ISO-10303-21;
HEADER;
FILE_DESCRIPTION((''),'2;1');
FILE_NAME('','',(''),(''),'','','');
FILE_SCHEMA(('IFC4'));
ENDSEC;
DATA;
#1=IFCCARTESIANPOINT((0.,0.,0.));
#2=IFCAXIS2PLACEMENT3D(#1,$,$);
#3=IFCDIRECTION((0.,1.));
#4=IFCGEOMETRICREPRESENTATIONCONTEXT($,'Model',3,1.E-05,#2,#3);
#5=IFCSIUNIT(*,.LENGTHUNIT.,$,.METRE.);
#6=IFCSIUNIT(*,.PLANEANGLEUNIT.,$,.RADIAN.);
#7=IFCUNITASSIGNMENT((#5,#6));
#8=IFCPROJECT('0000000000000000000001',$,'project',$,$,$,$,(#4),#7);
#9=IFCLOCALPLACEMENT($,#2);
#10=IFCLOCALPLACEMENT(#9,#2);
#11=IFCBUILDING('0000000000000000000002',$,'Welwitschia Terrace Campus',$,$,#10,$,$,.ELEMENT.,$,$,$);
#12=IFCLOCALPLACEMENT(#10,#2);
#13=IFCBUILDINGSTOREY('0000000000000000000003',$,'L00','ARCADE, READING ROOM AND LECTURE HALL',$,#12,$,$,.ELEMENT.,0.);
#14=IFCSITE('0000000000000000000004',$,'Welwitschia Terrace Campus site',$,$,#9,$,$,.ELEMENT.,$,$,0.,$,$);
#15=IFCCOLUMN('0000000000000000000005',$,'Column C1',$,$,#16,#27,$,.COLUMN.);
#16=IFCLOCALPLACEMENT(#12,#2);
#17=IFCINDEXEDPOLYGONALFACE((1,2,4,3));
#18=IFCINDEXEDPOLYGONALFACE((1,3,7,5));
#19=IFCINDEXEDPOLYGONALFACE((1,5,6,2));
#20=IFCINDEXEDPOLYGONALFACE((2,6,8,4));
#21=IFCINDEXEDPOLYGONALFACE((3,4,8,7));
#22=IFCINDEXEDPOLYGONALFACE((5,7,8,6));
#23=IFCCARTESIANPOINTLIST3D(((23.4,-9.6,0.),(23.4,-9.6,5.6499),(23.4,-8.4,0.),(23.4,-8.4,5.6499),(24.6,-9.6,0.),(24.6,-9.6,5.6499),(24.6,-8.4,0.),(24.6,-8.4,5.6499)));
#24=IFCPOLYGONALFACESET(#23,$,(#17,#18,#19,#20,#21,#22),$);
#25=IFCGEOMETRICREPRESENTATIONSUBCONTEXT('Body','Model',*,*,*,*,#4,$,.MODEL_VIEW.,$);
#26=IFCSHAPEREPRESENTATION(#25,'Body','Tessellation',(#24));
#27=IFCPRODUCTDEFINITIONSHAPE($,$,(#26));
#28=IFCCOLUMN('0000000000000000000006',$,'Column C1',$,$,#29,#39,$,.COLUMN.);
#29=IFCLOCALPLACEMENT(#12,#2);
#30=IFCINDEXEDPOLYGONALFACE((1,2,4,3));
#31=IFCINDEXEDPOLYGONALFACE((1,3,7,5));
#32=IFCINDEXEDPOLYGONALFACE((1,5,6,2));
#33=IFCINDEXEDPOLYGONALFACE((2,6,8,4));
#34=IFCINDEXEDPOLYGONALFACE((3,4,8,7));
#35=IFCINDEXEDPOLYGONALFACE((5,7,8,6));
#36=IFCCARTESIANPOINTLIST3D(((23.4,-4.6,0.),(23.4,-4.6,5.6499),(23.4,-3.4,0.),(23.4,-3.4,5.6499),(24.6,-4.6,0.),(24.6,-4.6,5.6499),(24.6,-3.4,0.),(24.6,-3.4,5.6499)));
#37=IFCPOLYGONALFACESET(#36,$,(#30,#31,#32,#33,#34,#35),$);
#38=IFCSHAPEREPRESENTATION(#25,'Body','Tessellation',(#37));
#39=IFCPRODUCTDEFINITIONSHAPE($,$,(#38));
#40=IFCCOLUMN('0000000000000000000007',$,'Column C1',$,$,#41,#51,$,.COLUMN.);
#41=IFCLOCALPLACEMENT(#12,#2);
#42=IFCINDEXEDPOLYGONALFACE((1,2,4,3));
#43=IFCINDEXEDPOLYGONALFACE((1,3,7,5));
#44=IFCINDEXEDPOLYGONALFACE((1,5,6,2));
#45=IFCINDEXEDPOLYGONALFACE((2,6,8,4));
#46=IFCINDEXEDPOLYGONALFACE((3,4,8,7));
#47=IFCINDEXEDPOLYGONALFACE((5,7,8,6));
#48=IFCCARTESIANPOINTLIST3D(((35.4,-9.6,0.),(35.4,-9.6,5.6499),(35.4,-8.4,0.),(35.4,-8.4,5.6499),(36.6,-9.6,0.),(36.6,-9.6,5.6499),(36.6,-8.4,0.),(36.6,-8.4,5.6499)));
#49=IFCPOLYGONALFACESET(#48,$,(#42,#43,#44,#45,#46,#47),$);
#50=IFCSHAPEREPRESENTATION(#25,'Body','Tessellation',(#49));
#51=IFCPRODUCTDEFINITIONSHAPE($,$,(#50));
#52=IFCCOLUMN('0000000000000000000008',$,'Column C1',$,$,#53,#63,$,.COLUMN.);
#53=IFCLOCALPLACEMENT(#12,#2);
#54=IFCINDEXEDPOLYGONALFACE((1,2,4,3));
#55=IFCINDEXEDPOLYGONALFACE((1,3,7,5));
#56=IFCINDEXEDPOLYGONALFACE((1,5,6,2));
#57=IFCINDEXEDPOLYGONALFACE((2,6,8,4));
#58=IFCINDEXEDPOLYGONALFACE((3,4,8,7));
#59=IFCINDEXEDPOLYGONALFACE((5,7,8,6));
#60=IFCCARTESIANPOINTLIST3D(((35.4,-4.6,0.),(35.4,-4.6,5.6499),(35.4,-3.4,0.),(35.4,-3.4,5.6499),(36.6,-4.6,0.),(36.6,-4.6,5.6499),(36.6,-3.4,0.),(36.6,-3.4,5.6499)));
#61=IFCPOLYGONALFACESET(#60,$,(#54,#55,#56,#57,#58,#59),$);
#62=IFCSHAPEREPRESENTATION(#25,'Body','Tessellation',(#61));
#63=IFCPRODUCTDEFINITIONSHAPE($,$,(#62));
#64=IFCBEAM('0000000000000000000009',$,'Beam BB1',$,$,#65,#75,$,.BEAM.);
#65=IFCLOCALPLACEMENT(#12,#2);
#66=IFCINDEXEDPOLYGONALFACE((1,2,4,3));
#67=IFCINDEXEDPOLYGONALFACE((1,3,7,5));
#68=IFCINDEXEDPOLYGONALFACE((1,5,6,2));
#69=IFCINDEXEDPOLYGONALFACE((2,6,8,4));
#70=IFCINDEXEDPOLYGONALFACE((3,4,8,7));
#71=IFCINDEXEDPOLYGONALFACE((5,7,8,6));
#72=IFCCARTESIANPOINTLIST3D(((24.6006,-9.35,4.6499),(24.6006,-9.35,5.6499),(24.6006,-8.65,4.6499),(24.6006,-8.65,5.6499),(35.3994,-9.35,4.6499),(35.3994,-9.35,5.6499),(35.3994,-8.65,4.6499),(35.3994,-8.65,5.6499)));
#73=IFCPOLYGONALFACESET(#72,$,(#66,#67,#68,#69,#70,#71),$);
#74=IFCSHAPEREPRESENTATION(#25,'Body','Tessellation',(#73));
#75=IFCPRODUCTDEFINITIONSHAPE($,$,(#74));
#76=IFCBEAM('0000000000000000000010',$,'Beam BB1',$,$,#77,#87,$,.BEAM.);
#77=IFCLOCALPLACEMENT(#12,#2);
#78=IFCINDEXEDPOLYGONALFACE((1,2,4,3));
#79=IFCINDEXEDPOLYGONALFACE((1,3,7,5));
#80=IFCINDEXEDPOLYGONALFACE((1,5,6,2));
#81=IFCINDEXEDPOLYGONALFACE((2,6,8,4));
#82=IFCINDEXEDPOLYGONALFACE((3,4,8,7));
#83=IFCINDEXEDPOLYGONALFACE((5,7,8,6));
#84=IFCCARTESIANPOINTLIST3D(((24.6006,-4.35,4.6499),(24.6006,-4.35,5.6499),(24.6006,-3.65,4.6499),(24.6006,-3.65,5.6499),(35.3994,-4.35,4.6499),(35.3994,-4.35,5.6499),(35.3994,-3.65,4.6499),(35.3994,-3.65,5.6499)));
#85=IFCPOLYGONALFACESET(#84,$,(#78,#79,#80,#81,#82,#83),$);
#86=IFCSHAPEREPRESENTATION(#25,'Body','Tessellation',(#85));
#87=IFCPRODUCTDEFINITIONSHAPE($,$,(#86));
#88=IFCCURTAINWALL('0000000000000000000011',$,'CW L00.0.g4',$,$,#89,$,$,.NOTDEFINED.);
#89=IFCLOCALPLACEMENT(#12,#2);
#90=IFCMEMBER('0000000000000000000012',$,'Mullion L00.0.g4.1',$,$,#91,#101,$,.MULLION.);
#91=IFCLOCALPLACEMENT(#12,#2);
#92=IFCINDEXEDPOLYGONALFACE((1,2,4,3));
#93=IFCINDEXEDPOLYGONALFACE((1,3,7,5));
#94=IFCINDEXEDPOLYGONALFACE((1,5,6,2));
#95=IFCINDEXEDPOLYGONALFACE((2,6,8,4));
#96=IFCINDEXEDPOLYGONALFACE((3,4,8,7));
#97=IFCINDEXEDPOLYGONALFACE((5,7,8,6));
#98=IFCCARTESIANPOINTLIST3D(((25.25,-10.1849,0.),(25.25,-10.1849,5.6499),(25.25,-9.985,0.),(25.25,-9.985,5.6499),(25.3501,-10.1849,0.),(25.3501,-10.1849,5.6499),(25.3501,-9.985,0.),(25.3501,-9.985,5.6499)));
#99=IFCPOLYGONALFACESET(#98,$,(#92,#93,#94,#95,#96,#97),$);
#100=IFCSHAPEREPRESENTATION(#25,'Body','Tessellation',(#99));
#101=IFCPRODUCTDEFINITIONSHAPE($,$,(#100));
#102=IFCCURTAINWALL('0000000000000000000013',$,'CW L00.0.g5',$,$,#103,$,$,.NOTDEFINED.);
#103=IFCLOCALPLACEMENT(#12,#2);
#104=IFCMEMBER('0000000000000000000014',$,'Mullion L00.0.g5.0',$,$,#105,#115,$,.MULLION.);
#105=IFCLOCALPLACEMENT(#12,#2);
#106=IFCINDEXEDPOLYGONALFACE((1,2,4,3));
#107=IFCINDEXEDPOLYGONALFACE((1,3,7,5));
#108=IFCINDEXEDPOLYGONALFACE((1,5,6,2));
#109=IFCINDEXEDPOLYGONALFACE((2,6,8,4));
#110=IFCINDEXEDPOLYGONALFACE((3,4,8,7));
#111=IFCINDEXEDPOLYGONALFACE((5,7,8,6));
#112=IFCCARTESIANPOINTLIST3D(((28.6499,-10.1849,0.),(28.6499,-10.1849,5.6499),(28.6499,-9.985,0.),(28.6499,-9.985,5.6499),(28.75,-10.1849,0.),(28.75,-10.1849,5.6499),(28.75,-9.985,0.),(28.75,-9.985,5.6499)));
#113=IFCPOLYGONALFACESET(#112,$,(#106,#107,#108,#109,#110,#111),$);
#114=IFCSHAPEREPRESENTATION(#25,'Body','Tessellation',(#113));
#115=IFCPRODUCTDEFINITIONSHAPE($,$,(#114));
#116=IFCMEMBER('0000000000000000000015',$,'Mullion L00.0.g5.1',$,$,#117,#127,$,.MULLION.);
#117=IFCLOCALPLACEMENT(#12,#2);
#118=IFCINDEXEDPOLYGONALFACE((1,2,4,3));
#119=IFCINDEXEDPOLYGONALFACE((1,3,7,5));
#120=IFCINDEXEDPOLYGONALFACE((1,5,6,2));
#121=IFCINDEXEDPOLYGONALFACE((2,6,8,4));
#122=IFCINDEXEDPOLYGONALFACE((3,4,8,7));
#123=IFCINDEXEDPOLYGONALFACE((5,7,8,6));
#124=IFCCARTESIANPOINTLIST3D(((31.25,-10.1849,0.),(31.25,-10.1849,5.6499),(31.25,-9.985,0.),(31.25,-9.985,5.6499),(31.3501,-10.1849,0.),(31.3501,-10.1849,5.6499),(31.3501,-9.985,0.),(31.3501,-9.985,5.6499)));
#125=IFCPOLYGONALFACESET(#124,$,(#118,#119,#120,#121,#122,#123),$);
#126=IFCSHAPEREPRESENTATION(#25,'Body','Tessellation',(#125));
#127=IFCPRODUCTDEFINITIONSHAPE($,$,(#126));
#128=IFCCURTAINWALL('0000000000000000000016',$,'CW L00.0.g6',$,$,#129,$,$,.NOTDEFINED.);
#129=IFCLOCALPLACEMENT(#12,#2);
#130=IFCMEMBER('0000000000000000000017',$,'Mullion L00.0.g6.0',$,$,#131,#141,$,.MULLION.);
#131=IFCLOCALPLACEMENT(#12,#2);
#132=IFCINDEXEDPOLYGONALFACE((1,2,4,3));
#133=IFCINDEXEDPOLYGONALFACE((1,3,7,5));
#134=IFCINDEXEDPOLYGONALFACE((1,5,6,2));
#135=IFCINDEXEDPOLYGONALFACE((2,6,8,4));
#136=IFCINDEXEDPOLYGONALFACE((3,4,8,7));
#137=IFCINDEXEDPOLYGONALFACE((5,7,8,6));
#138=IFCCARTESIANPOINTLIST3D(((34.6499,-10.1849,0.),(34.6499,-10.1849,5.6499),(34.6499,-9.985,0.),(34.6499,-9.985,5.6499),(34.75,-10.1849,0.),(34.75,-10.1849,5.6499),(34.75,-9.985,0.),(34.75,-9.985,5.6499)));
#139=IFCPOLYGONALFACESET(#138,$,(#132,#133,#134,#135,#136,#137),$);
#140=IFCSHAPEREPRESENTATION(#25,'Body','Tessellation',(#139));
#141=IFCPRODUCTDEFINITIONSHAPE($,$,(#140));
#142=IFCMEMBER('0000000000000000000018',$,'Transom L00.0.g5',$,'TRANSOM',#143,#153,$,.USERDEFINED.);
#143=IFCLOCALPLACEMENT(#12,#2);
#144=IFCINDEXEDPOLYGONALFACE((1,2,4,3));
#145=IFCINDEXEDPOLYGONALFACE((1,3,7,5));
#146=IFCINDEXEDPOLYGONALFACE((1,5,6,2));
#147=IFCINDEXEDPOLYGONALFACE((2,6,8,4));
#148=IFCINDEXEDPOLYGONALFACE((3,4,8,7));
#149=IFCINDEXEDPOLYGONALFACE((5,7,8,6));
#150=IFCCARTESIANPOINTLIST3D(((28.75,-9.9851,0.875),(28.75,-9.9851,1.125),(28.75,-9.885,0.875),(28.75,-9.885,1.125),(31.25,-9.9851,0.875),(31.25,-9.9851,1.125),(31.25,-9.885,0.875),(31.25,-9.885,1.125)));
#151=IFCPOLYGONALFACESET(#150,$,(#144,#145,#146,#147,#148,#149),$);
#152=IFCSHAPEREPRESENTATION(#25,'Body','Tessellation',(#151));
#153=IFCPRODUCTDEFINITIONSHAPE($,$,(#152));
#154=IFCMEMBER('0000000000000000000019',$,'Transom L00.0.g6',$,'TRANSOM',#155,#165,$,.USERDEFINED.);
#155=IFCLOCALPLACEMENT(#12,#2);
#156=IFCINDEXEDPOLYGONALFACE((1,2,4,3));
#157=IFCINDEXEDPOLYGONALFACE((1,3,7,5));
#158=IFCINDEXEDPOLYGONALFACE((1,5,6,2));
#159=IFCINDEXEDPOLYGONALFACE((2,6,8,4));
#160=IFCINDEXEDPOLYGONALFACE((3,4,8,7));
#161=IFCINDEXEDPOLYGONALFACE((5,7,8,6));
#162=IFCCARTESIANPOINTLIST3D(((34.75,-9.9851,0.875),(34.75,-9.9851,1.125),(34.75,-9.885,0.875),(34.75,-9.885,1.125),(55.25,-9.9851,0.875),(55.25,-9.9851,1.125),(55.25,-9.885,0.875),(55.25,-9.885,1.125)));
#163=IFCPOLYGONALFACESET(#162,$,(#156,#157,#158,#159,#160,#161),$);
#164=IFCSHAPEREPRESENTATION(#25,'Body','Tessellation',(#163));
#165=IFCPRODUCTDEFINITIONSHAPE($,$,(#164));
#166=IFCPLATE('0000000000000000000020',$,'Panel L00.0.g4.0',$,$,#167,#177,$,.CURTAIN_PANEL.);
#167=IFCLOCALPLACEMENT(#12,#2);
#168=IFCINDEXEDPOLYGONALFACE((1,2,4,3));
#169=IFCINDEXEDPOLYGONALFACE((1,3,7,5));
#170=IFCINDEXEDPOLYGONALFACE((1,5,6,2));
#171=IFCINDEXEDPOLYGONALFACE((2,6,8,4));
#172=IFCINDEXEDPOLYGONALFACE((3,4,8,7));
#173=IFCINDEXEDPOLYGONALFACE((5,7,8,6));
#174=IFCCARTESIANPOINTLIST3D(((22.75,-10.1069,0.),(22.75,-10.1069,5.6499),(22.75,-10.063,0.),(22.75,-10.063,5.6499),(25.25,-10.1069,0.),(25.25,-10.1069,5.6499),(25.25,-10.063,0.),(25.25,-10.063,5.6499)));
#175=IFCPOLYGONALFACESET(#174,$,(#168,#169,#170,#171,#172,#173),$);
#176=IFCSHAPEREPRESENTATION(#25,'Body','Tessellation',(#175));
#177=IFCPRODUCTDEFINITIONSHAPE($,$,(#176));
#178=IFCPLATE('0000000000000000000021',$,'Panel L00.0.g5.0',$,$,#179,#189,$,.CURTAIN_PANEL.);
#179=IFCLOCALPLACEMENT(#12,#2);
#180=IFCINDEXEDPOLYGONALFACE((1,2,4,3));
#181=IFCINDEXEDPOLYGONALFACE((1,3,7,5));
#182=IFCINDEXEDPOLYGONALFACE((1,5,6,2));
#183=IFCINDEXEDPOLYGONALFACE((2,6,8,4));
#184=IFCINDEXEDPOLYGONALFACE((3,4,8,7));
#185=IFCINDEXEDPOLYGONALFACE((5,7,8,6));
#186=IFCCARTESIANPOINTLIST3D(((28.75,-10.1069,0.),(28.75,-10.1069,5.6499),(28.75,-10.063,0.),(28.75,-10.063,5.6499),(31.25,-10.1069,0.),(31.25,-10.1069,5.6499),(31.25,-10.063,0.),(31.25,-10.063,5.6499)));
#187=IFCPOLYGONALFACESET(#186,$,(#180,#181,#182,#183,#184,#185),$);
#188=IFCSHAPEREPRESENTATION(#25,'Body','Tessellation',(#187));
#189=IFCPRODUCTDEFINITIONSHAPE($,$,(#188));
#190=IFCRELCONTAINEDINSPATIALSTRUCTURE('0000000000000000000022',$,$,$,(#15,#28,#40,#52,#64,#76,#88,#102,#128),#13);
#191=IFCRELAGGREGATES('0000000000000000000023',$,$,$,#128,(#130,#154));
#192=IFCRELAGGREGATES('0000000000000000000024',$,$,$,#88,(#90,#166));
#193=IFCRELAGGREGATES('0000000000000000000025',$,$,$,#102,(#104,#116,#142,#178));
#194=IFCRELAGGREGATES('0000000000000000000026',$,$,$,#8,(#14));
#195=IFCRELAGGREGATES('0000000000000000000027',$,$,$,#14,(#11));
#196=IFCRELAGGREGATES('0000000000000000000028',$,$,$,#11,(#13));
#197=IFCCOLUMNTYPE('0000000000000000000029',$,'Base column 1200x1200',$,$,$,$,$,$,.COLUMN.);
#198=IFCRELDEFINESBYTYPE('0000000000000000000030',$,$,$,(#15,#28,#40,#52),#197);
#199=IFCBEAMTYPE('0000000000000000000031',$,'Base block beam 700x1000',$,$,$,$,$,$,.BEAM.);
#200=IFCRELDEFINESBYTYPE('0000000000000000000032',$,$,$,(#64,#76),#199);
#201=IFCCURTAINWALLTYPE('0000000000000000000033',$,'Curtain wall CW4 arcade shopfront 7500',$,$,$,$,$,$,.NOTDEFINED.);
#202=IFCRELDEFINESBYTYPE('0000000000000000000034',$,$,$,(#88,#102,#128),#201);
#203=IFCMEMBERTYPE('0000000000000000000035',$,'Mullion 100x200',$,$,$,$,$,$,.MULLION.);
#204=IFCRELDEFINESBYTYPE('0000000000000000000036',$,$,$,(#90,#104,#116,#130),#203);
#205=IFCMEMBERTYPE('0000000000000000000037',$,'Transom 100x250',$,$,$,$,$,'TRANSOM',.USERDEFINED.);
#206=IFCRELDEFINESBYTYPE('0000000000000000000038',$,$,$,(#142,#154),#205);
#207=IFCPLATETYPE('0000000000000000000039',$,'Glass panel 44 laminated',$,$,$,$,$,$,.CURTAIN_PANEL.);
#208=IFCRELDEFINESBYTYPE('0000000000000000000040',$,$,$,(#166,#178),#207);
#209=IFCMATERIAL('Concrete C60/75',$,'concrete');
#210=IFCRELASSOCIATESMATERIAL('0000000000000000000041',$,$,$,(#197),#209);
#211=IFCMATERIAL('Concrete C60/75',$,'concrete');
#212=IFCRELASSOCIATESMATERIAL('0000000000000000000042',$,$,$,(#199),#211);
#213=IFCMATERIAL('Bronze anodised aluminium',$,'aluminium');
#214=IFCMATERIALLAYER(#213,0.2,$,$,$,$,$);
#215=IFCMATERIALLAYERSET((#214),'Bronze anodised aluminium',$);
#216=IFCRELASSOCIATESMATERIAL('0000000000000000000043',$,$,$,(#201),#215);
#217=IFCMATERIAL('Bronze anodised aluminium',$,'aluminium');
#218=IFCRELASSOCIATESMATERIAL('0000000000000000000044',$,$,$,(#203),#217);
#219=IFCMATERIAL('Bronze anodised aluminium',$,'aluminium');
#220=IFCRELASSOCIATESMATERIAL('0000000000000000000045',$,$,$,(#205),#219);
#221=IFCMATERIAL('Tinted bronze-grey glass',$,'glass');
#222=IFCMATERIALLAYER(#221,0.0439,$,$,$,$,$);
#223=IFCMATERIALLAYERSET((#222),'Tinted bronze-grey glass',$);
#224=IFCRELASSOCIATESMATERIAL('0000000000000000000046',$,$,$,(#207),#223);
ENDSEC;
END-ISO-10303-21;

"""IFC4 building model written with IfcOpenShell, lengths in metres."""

from ifc_helpers import new_model, si_unit, direction, frame, origin, origin_2d, place, context, subcontext, project, spatial, rectangle, extrude, material, layer, layer_set, material_profile, profile_set, type_object, element, aggregate, save


model = new_model("IFC4")

# Units and contexts
model_context = context("Model", 3, precision=1e-05, world=origin(), true_north=direction((0.0, 1.0)))
body_context = subcontext(model_context, "Body", "Model", "MODEL_VIEW")
ifc_project = project(units=[si_unit("LENGTHUNIT", "METRE"), si_unit("PLANEANGLEUNIT", "RADIAN")], contexts=[model_context])

# Site, building, storey
site_placement = place(None, origin())
site = spatial("IfcSite", under=ifc_project, at=site_placement, Name="Welwitschia Terrace Campus site", CompositionType="ELEMENT", RefElevation=0.0)
building_placement = place(site_placement, origin())
building = spatial("IfcBuilding", under=site, at=building_placement, Name="Welwitschia Terrace Campus", CompositionType="ELEMENT")
storey_placement = place(building_placement, origin())
storey = spatial("IfcBuildingStorey", under=building, at=storey_placement, Name="L00", Description="ARCADE, READING ROOM AND LECTURE HALL", CompositionType="ELEMENT", Elevation=0.0)

# Columns
ifc_material_1 = material(Name="Concrete C60/75", Category="concrete")
ifc_material_profile_1 = material_profile(ifc_material_1, rectangle(XDim=1.2, YDim=1.2, at=origin_2d()))
ifc_profile_set_1 = profile_set([ifc_material_profile_1], Name="Concrete C60/75")
column_type = type_object("IfcColumnType", Name="Base column 1200x1200", PredefinedType="COLUMN", material=ifc_profile_set_1)
for number, where, z_axis, x_axis, name in (
    (1, (24.0, -9.0, 0.0), (0.0, 0.0, 1.0), (1.0, 0.0, 0.0), "Column C1"),
    (2, (24.0, -4.0, 0.0), (0.0, 0.0, 1.0), (1.0, 0.0, 0.0), "Column C1"),
    (3, (36.0, -9.0, 0.0), (0.0, 0.0, 1.0), (1.0, 0.0, 0.0), "Column C1"),
    (4, (36.0, -4.0, 0.0), (0.0, 0.0, 1.0), (1.0, 0.0, 0.0), "Column C1"),
):
    element("IfcColumn", number, at=place(storey_placement, frame(where, z_axis=z_axis, x_axis=x_axis)), inside=storey, type_object=column_type, Name=name, PredefinedType="COLUMN", context=body_context, shape_type="SweptSolid", body=[
        extrude(rectangle(XDim=1.2, YDim=1.2, at=origin_2d()), origin(), (0.0, 0.0, 1.0), 5.6499),
    ])

# Beams
ifc_material_2 = material(Name="Concrete C60/75", Category="concrete")
ifc_material_profile_2 = material_profile(ifc_material_2, rectangle(XDim=0.7, YDim=1.0, at=origin_2d()))
ifc_profile_set_2 = profile_set([ifc_material_profile_2], Name="Concrete C60/75")
beam_type = type_object("IfcBeamType", Name="Base block beam 700x1000", PredefinedType="BEAM", material=ifc_profile_set_2)
for number, where, z_axis, x_axis, name in (
    (5, (24.6006, -9.0, 5.1499), (1.0, 0.0, 0.0), (0.0, 1.0, 0.0), "Beam BB1"),
    (6, (24.6006, -4.0, 5.1499), (1.0, 0.0, 0.0), (0.0, 1.0, 0.0), "Beam BB1"),
):
    element("IfcBeam", number, at=place(storey_placement, frame(where, z_axis=z_axis, x_axis=x_axis)), inside=storey, type_object=beam_type, Name=name, PredefinedType="BEAM", context=body_context, shape_type="SweptSolid", body=[
        extrude(rectangle(XDim=0.7, YDim=1.0, at=origin_2d()), origin(), (0.0, 0.0, 1.0), 10.7988),
    ])

# Curtain wall, member
ifc_material_3 = material(Name="Bronze anodised aluminium", Category="aluminium")
ifc_layer_1 = layer(ifc_material_3, 0.2)
ifc_layer_set_1 = layer_set([ifc_layer_1], Name="Bronze anodised aluminium")
curtain_wall_type = type_object("IfcCurtainWallType", Name="Curtain wall CW4 arcade shopfront 7500", PredefinedType="NOTDEFINED", material=ifc_layer_set_1)
curtain_wall_1_placement = place(storey_placement, origin())
curtain_wall_1 = element("IfcCurtainWall", 7, at=curtain_wall_1_placement, inside=storey, type_object=curtain_wall_type, Name="CW L00.0.g4", PredefinedType="NOTDEFINED")
ifc_material_4 = material(Name="Bronze anodised aluminium", Category="aluminium")
ifc_material_profile_3 = material_profile(ifc_material_4, rectangle(XDim=0.2, YDim=0.1001, at=origin_2d()))
ifc_profile_set_3 = profile_set([ifc_material_profile_3], Name="Bronze anodised aluminium")
member_type_1 = type_object("IfcMemberType", Name="Mullion 100x200", PredefinedType="MULLION", material=ifc_profile_set_3)
member_1_placement = place(storey_placement, frame((25.3, -10.085, 0.0), z_axis=(0.0, 0.0, 1.0), x_axis=(0.0, 1.0, 0.0)))
member_1 = element("IfcMember", 8, at=member_1_placement, type_object=member_type_1, Name="Mullion L00.0.g4.1", PredefinedType="MULLION", context=body_context, shape_type="SweptSolid", body=[
    extrude(rectangle(XDim=0.2, YDim=0.1001, at=origin_2d()), origin(), (0.0, 0.0, 1.0), 5.6499),
])

# Curtain wall, members
curtain_wall_2_placement = place(storey_placement, origin())
curtain_wall_2 = element("IfcCurtainWall", 9, at=curtain_wall_2_placement, inside=storey, type_object=curtain_wall_type, Name="CW L00.0.g5", PredefinedType="NOTDEFINED")
member_2_placement = place(storey_placement, frame((28.7, -10.085, 0.0), z_axis=(0.0, 0.0, 1.0), x_axis=(0.0, 1.0, 0.0)))
member_2 = element("IfcMember", 10, at=member_2_placement, type_object=member_type_1, Name="Mullion L00.0.g5.0", PredefinedType="MULLION", context=body_context, shape_type="SweptSolid", body=[
    extrude(rectangle(XDim=0.2, YDim=0.1001, at=origin_2d()), origin(), (0.0, 0.0, 1.0), 5.6499),
])
member_3_placement = place(storey_placement, frame((31.3, -10.085, 0.0), z_axis=(0.0, 0.0, 1.0), x_axis=(0.0, 1.0, 0.0)))
member_3 = element("IfcMember", 11, at=member_3_placement, type_object=member_type_1, Name="Mullion L00.0.g5.1", PredefinedType="MULLION", context=body_context, shape_type="SweptSolid", body=[
    extrude(rectangle(XDim=0.2, YDim=0.1001, at=origin_2d()), origin(), (0.0, 0.0, 1.0), 5.6499),
])

# Curtain wall, member
curtain_wall_3_placement = place(storey_placement, origin())
curtain_wall_3 = element("IfcCurtainWall", 12, at=curtain_wall_3_placement, inside=storey, type_object=curtain_wall_type, Name="CW L00.0.g6", PredefinedType="NOTDEFINED")
member_4_placement = place(storey_placement, frame((34.7, -10.085, 0.0), z_axis=(0.0, 0.0, 1.0), x_axis=(0.0, 1.0, 0.0)))
member_4 = element("IfcMember", 13, at=member_4_placement, type_object=member_type_1, Name="Mullion L00.0.g6.0", PredefinedType="MULLION", context=body_context, shape_type="SweptSolid", body=[
    extrude(rectangle(XDim=0.2, YDim=0.1001, at=origin_2d()), origin(), (0.0, 0.0, 1.0), 5.6499),
])

# Members
ifc_material_5 = material(Name="Bronze anodised aluminium", Category="aluminium")
ifc_material_profile_4 = material_profile(ifc_material_5, rectangle(XDim=0.1001, YDim=0.25, at=origin_2d()))
ifc_profile_set_4 = profile_set([ifc_material_profile_4], Name="Bronze anodised aluminium")
member_type_2 = type_object("IfcMemberType", Name="Transom 100x250", ElementType="TRANSOM", PredefinedType="USERDEFINED", material=ifc_profile_set_4)
member_5_placement = place(storey_placement, frame((28.75, -9.9351, 1.0), z_axis=(1.0, 0.0, 0.0), x_axis=(0.0, 1.0, 0.0)))
member_5 = element("IfcMember", 14, at=member_5_placement, type_object=member_type_2, Name="Transom L00.0.g5", ObjectType="TRANSOM", PredefinedType="USERDEFINED", context=body_context, shape_type="SweptSolid", body=[
    extrude(rectangle(XDim=0.1001, YDim=0.25, at=origin_2d()), origin(), (0.0, 0.0, 1.0), 2.5),
])
member_6_placement = place(storey_placement, frame((34.75, -9.9351, 1.0), z_axis=(1.0, 0.0, 0.0), x_axis=(0.0, 1.0, 0.0)))
member_6 = element("IfcMember", 15, at=member_6_placement, type_object=member_type_2, Name="Transom L00.0.g6", ObjectType="TRANSOM", PredefinedType="USERDEFINED", context=body_context, shape_type="SweptSolid", body=[
    extrude(rectangle(XDim=0.1001, YDim=0.25, at=origin_2d()), origin(), (0.0, 0.0, 1.0), 20.5),
])
aggregate(curtain_wall_3, [member_4, member_6])

# Plates
ifc_material_6 = material(Name="Tinted bronze-grey glass", Category="glass")
ifc_layer_2 = layer(ifc_material_6, 0.0439)
ifc_layer_set_2 = layer_set([ifc_layer_2], Name="Tinted bronze-grey glass")
plate_type = type_object("IfcPlateType", Name="Glass panel 44 laminated", PredefinedType="CURTAIN_PANEL", material=ifc_layer_set_2)
plate_1_placement = place(storey_placement, frame((24.0, -10.085, 0.0), z_axis=(0.0, 0.0, 1.0), x_axis=(1.0, 0.0, 0.0)))
plate_1 = element("IfcPlate", 16, at=plate_1_placement, type_object=plate_type, Name="Panel L00.0.g4.0", PredefinedType="CURTAIN_PANEL", context=body_context, shape_type="SweptSolid", body=[
    extrude(rectangle(XDim=2.5, YDim=0.0439, at=origin_2d()), origin(), (0.0, 0.0, 1.0), 5.6499),
])
aggregate(curtain_wall_1, [member_1, plate_1])
plate_2_placement = place(storey_placement, frame((30.0, -10.085, 0.0), z_axis=(0.0, 0.0, 1.0), x_axis=(1.0, 0.0, 0.0)))
plate_2 = element("IfcPlate", 17, at=plate_2_placement, type_object=plate_type, Name="Panel L00.0.g5.0", PredefinedType="CURTAIN_PANEL", context=body_context, shape_type="SweptSolid", body=[
    extrude(rectangle(XDim=2.5, YDim=0.0439, at=origin_2d()), origin(), (0.0, 0.0, 1.0), 5.6499),
])
aggregate(curtain_wall_2, [member_2, member_3, member_5, plate_2])

save(model, "model.ifc")
